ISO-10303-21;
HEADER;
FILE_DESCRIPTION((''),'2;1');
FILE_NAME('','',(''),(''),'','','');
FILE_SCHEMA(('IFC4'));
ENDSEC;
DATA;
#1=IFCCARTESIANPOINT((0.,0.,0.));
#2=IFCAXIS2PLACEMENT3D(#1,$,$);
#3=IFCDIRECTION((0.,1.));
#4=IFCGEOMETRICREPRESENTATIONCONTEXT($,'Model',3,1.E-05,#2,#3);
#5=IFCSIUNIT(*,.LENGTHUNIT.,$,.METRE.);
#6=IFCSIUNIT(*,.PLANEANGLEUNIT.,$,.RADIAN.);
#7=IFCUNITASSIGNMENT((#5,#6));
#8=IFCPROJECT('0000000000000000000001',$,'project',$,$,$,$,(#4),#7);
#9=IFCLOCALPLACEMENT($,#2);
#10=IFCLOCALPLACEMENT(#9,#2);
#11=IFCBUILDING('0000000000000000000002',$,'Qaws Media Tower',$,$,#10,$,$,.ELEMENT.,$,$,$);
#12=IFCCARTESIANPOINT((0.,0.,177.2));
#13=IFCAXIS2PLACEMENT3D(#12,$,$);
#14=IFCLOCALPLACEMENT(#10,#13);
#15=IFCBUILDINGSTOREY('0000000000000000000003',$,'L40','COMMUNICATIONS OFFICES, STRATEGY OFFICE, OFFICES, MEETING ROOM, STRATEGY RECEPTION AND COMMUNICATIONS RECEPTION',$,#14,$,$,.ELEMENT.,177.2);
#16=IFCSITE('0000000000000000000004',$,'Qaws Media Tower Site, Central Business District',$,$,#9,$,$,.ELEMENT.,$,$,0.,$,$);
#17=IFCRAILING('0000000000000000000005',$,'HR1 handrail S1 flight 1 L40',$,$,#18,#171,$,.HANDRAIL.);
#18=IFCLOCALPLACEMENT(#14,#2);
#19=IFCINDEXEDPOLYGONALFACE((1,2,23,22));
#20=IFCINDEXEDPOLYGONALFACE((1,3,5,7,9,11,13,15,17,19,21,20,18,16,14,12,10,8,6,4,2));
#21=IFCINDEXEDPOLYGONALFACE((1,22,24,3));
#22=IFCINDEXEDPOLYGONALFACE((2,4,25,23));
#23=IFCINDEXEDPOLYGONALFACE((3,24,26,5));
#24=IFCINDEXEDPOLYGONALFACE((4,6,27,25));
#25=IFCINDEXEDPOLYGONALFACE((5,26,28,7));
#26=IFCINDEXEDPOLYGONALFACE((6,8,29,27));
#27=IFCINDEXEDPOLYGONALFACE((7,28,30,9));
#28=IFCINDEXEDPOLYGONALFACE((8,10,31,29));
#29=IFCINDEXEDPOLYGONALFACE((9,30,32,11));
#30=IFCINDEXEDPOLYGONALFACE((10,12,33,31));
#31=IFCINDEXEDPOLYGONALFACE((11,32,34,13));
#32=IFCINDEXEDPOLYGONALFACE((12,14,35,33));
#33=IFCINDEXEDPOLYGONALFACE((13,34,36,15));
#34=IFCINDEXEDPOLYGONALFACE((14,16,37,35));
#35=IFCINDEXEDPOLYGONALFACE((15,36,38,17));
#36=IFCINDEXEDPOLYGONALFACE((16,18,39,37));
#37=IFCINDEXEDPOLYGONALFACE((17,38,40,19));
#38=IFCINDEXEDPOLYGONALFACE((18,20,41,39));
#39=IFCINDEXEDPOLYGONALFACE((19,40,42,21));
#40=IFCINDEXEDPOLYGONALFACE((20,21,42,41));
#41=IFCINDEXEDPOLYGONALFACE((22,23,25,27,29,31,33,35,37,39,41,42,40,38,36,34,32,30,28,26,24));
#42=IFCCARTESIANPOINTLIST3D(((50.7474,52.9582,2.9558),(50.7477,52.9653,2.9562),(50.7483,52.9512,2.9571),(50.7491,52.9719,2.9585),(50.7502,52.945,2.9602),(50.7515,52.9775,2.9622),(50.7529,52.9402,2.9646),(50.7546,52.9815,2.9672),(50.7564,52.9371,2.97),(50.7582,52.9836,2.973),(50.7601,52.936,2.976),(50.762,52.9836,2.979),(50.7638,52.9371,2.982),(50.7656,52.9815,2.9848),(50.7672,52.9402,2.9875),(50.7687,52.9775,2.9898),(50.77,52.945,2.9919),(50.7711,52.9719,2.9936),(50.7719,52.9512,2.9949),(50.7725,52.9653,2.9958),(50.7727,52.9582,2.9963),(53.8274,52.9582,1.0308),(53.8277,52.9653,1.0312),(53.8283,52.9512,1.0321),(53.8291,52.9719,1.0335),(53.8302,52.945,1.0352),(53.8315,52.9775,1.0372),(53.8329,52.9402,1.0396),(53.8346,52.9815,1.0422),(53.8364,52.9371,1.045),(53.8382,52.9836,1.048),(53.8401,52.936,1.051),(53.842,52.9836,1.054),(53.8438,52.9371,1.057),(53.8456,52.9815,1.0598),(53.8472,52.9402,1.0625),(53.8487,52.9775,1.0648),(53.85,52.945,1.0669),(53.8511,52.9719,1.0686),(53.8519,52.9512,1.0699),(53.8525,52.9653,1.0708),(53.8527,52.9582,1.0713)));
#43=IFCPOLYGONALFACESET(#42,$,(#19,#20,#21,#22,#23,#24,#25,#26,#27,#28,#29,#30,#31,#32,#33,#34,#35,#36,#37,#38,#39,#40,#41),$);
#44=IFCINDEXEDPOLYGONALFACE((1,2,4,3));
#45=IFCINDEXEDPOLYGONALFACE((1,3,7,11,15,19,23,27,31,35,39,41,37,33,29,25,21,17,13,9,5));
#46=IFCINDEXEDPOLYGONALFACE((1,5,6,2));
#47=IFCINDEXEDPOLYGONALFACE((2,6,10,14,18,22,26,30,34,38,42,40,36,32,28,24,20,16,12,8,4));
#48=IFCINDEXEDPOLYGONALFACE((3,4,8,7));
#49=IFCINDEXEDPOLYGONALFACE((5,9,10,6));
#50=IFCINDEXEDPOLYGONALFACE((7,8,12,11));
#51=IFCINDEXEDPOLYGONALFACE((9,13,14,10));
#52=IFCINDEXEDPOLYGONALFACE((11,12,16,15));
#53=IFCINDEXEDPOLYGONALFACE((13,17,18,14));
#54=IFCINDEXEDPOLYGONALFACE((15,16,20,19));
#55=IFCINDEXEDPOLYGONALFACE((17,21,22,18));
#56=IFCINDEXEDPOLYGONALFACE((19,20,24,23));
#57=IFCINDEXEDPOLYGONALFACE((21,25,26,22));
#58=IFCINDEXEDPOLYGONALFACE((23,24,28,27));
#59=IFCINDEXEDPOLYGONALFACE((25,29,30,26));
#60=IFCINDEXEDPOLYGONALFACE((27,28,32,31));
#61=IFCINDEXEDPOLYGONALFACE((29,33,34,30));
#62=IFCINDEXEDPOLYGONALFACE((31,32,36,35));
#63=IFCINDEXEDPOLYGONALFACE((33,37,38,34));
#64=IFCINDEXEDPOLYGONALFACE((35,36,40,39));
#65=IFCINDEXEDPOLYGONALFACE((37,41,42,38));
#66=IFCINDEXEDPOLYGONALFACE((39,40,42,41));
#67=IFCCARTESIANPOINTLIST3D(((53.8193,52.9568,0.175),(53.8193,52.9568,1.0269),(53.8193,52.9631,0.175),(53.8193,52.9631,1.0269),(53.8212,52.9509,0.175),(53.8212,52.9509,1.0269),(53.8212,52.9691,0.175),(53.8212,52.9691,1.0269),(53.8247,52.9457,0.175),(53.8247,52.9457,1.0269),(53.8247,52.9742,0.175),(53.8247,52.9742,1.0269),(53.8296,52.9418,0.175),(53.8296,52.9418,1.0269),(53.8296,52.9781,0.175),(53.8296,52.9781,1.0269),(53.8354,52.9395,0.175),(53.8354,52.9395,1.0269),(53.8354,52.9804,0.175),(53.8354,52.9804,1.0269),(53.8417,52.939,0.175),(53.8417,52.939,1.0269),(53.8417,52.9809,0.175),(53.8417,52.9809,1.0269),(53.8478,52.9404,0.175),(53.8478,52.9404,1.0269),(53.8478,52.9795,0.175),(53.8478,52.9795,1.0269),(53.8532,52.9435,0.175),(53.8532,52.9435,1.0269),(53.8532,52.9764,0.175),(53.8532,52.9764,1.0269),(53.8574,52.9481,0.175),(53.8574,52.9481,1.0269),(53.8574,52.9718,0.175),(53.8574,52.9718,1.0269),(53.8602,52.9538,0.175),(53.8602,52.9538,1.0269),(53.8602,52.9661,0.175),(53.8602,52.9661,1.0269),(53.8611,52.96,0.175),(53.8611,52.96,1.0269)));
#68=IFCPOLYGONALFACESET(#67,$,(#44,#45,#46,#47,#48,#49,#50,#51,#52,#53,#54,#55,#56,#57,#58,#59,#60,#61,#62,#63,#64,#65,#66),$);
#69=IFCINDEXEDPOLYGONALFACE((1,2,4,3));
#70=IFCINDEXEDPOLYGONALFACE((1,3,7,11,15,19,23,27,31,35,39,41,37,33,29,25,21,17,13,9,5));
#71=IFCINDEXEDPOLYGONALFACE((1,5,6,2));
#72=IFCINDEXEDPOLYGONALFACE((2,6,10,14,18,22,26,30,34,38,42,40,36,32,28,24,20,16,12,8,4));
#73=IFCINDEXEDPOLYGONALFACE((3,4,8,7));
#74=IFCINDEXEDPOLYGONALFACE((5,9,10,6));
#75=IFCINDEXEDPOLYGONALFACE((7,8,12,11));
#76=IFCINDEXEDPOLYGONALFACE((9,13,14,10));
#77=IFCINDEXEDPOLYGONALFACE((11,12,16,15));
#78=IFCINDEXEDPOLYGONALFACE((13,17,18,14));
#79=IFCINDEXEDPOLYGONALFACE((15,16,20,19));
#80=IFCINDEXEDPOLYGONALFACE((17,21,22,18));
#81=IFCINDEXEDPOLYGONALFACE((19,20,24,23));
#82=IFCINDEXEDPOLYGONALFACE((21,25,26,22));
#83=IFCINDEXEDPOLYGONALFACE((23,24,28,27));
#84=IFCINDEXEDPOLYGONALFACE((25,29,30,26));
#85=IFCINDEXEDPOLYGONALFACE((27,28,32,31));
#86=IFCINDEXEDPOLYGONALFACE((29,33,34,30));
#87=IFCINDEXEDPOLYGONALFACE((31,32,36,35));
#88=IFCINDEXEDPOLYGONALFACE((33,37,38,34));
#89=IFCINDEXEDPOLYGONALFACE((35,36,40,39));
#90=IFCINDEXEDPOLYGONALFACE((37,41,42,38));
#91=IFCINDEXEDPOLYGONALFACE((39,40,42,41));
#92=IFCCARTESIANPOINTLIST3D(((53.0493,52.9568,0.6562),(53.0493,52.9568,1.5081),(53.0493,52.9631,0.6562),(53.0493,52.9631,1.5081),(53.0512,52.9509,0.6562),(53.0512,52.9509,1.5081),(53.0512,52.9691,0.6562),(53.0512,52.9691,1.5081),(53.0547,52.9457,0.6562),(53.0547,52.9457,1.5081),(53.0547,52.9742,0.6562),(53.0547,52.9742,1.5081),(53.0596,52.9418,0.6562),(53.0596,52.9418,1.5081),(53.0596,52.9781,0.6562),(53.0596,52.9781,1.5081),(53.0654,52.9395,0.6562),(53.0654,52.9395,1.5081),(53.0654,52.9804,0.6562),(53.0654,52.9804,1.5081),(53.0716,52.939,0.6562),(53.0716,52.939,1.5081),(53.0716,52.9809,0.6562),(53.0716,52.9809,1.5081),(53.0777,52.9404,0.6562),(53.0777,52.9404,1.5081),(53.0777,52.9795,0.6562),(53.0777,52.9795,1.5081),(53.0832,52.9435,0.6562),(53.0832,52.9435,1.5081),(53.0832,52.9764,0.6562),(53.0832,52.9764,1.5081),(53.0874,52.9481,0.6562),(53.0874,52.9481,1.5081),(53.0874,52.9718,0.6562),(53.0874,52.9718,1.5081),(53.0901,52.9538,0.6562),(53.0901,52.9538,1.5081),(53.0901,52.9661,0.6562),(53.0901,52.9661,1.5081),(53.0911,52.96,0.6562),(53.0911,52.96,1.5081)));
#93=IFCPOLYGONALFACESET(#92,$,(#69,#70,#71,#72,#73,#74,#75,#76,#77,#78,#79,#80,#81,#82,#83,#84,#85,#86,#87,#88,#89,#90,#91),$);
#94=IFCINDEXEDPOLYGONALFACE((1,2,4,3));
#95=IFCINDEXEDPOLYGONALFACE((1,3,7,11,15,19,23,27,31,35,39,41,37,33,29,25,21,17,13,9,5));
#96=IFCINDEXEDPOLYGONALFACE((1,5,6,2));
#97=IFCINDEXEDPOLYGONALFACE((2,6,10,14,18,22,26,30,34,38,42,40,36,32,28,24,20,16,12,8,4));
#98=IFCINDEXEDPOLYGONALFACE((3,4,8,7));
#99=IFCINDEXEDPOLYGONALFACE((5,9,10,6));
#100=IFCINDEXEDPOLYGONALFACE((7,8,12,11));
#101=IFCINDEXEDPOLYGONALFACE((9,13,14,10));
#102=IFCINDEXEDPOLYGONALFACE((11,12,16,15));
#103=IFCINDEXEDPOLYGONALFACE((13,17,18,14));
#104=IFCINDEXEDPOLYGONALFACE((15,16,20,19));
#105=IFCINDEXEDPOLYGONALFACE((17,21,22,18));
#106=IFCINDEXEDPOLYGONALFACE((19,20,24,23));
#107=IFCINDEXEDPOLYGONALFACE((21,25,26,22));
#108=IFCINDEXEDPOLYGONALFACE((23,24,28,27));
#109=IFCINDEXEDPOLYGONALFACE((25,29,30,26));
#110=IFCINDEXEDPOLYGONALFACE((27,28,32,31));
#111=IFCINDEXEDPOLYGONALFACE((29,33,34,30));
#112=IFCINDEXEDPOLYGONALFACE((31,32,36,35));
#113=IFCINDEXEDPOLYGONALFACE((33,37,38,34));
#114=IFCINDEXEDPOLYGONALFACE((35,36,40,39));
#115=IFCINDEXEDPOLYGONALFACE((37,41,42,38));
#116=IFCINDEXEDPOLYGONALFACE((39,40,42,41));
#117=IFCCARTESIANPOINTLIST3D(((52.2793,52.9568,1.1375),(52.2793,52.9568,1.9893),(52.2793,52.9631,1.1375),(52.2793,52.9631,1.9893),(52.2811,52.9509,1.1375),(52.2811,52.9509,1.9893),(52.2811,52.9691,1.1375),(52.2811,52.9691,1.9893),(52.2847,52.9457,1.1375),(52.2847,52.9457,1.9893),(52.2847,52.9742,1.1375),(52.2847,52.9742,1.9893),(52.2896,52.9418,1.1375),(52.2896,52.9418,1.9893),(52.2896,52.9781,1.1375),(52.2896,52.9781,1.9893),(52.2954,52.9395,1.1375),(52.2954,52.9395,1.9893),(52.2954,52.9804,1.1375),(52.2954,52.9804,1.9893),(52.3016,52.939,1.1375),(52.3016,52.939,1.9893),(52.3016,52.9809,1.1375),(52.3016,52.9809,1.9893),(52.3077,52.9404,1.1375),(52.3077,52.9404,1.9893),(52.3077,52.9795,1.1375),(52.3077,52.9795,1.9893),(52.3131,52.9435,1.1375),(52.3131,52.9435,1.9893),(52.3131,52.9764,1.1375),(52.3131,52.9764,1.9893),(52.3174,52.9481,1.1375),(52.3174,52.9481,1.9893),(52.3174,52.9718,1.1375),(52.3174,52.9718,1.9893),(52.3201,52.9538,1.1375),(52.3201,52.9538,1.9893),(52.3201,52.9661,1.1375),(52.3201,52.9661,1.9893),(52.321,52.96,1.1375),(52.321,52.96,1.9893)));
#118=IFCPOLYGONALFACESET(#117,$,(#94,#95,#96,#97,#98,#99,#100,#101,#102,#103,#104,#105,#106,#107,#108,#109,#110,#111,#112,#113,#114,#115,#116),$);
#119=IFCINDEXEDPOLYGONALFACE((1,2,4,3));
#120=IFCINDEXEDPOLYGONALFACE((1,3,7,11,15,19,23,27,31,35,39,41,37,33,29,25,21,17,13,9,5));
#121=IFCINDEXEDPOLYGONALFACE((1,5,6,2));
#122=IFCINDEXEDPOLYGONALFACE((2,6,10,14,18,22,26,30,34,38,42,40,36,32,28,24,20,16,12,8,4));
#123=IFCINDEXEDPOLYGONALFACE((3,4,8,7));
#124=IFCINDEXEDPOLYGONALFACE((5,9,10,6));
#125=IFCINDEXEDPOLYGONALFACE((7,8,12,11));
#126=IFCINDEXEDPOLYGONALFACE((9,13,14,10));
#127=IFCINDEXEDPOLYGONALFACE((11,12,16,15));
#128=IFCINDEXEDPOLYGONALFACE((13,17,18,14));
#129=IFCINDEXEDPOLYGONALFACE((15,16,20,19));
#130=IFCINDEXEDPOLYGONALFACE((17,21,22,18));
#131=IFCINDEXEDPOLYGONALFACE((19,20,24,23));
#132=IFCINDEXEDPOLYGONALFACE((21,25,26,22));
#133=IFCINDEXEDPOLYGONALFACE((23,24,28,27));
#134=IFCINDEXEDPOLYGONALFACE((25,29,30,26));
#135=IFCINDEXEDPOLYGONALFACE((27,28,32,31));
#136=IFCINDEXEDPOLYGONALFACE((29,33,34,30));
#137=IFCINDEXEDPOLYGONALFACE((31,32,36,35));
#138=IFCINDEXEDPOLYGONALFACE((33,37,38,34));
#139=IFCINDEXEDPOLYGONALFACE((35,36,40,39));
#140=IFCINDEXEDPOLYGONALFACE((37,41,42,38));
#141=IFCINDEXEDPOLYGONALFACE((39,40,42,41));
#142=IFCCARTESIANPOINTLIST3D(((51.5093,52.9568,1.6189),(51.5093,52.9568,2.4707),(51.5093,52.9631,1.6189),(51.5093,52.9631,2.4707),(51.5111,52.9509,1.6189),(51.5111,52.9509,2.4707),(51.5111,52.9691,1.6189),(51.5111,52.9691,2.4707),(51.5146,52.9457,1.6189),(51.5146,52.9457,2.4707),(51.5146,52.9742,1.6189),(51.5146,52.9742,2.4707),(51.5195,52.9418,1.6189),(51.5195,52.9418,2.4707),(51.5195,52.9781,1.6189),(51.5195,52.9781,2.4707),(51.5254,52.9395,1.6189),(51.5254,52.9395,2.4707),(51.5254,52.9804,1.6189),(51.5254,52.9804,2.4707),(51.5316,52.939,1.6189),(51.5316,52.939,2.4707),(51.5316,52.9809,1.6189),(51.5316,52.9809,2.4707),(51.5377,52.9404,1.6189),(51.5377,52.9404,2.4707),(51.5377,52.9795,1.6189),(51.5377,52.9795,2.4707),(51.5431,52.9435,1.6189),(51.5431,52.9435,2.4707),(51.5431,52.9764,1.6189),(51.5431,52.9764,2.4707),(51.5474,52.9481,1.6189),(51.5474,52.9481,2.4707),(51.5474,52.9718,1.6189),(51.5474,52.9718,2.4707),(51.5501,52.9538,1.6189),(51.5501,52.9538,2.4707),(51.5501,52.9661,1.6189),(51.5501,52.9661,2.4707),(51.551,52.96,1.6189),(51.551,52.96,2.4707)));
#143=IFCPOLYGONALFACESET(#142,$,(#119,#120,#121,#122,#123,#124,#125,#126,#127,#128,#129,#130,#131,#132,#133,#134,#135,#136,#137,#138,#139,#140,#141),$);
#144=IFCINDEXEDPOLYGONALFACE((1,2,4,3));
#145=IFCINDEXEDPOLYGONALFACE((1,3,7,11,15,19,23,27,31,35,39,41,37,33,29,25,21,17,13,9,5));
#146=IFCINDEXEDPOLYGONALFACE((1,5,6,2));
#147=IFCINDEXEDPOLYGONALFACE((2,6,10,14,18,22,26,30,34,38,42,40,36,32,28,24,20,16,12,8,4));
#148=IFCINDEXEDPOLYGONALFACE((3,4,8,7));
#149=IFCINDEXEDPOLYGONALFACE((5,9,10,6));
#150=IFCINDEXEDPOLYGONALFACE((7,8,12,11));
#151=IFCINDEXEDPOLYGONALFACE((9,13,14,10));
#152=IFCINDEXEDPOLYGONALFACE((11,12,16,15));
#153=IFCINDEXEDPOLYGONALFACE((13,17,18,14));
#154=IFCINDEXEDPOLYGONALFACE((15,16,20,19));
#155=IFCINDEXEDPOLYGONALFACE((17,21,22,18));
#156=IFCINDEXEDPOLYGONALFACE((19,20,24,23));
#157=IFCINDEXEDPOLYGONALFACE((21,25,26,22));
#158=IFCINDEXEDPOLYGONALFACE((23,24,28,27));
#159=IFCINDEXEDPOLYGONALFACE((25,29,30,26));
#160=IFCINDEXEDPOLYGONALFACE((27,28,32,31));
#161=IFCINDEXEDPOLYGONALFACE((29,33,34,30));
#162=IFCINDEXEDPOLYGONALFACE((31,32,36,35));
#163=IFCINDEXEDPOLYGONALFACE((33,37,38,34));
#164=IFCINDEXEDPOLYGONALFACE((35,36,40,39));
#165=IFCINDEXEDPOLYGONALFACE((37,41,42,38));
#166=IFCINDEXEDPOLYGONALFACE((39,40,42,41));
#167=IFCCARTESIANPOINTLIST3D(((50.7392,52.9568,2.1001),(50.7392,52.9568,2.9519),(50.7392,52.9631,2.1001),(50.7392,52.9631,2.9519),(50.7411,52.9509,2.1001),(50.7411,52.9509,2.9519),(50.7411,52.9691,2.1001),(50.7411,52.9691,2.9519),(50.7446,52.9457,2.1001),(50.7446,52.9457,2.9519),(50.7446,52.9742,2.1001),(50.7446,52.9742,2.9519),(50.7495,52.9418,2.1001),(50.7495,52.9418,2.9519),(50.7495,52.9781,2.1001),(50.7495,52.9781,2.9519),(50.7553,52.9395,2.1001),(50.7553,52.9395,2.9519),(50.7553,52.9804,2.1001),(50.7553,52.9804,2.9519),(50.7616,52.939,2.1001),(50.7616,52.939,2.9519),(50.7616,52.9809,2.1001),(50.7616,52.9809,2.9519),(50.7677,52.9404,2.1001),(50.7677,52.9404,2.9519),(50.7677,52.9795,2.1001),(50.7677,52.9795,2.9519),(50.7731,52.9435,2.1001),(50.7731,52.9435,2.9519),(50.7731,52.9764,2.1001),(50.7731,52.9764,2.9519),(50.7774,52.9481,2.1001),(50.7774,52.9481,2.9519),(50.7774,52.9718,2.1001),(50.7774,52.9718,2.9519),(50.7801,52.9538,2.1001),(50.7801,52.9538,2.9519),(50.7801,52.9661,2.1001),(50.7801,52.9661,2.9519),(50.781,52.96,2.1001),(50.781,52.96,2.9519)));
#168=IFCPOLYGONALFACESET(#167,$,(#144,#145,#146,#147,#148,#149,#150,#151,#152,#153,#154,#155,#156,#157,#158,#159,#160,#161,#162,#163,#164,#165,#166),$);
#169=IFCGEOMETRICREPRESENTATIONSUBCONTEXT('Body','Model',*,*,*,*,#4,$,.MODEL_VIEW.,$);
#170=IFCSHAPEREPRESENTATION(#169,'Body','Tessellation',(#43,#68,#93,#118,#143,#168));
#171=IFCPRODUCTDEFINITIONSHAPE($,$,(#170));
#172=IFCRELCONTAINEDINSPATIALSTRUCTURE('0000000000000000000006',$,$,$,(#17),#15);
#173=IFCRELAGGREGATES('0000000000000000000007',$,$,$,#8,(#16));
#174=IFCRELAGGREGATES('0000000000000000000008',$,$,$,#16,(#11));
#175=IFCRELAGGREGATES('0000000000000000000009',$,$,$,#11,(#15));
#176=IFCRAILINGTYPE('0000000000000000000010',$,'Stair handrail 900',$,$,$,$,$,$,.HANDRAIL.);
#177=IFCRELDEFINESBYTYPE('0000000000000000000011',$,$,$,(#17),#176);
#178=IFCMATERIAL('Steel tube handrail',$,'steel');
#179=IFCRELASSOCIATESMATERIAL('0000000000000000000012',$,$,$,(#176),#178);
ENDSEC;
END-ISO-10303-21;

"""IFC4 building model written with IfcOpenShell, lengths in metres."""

from ifc_helpers import new_model, si_unit, direction, frame, origin, origin_2d, place, context, subcontext, project, spatial, circle, extrude, material, type_object, element, save


model = new_model("IFC4")

# Units and contexts
model_context = context("Model", 3, precision=1e-05, world=origin(), true_north=direction((0.0, 1.0)))
body_context = subcontext(model_context, "Body", "Model", "MODEL_VIEW")
ifc_project = project(units=[si_unit("LENGTHUNIT", "METRE"), si_unit("PLANEANGLEUNIT", "RADIAN")], contexts=[model_context])

# Site, building, storey
site_placement = place(None, origin())
site = spatial("IfcSite", under=ifc_project, at=site_placement, Name="Qaws Media Tower Site, Central Business District", CompositionType="ELEMENT", RefElevation=0.0)
building_placement = place(site_placement, origin())
building = spatial("IfcBuilding", under=site, at=building_placement, Name="Qaws Media Tower", CompositionType="ELEMENT")
storey_placement = place(building_placement, frame((0.0, 0.0, 177.2)))
storey = spatial("IfcBuildingStorey", under=building, at=storey_placement, Name="L40", Description="COMMUNICATIONS OFFICES, STRATEGY OFFICE, OFFICES, MEETING ROOM, STRATEGY RECEPTION AND COMMUNICATIONS RECEPTION", CompositionType="ELEMENT", Elevation=177.2)

# Railing
ifc_material_1 = material(Name="Steel tube handrail", Category="steel")
railing_type = type_object("IfcRailingType", Name="Stair handrail 900", PredefinedType="HANDRAIL", material=ifc_material_1)
for number, where, name in (
    (1, (53.8401, 52.96, 0.175), "HR1 handrail S1 flight 1 L40"),
):
    element("IfcRailing", number, at=place(storey_placement, frame(where)), inside=storey, type_object=railing_type, Name=name, PredefinedType="HANDRAIL", context=body_context, shape_type="SweptSolid", body=[
        extrude(circle(Radius=0.0239, at=origin_2d()), frame((0.0, 0.0, 0.876), z_axis=(-0.847998, 0.0, 0.529999), x_axis=(0.0, -1.0, 0.0)), (0.0, 0.0, 1.0), 3.6321),
        extrude(circle(Radius=0.021, at=origin_2d()), origin(), (0.0, 0.0, 1.0), 0.8518),
        extrude(circle(Radius=0.021, at=origin_2d()), frame((-0.77, 0.0, 0.4812)), (0.0, 0.0, 1.0), 0.8518),
        extrude(circle(Radius=0.021, at=origin_2d()), frame((-1.54, 0.0, 0.9624)), (0.0, 0.0, 1.0), 0.8518),
        extrude(circle(Radius=0.021, at=origin_2d()), frame((-2.3101, 0.0, 1.4438)), (0.0, 0.0, 1.0), 0.8518),
        extrude(circle(Radius=0.021, at=origin_2d()), frame((-3.0801, 0.0, 1.925)), (0.0, 0.0, 1.0), 0.8518),
    ])

save(model, "model.ifc")
